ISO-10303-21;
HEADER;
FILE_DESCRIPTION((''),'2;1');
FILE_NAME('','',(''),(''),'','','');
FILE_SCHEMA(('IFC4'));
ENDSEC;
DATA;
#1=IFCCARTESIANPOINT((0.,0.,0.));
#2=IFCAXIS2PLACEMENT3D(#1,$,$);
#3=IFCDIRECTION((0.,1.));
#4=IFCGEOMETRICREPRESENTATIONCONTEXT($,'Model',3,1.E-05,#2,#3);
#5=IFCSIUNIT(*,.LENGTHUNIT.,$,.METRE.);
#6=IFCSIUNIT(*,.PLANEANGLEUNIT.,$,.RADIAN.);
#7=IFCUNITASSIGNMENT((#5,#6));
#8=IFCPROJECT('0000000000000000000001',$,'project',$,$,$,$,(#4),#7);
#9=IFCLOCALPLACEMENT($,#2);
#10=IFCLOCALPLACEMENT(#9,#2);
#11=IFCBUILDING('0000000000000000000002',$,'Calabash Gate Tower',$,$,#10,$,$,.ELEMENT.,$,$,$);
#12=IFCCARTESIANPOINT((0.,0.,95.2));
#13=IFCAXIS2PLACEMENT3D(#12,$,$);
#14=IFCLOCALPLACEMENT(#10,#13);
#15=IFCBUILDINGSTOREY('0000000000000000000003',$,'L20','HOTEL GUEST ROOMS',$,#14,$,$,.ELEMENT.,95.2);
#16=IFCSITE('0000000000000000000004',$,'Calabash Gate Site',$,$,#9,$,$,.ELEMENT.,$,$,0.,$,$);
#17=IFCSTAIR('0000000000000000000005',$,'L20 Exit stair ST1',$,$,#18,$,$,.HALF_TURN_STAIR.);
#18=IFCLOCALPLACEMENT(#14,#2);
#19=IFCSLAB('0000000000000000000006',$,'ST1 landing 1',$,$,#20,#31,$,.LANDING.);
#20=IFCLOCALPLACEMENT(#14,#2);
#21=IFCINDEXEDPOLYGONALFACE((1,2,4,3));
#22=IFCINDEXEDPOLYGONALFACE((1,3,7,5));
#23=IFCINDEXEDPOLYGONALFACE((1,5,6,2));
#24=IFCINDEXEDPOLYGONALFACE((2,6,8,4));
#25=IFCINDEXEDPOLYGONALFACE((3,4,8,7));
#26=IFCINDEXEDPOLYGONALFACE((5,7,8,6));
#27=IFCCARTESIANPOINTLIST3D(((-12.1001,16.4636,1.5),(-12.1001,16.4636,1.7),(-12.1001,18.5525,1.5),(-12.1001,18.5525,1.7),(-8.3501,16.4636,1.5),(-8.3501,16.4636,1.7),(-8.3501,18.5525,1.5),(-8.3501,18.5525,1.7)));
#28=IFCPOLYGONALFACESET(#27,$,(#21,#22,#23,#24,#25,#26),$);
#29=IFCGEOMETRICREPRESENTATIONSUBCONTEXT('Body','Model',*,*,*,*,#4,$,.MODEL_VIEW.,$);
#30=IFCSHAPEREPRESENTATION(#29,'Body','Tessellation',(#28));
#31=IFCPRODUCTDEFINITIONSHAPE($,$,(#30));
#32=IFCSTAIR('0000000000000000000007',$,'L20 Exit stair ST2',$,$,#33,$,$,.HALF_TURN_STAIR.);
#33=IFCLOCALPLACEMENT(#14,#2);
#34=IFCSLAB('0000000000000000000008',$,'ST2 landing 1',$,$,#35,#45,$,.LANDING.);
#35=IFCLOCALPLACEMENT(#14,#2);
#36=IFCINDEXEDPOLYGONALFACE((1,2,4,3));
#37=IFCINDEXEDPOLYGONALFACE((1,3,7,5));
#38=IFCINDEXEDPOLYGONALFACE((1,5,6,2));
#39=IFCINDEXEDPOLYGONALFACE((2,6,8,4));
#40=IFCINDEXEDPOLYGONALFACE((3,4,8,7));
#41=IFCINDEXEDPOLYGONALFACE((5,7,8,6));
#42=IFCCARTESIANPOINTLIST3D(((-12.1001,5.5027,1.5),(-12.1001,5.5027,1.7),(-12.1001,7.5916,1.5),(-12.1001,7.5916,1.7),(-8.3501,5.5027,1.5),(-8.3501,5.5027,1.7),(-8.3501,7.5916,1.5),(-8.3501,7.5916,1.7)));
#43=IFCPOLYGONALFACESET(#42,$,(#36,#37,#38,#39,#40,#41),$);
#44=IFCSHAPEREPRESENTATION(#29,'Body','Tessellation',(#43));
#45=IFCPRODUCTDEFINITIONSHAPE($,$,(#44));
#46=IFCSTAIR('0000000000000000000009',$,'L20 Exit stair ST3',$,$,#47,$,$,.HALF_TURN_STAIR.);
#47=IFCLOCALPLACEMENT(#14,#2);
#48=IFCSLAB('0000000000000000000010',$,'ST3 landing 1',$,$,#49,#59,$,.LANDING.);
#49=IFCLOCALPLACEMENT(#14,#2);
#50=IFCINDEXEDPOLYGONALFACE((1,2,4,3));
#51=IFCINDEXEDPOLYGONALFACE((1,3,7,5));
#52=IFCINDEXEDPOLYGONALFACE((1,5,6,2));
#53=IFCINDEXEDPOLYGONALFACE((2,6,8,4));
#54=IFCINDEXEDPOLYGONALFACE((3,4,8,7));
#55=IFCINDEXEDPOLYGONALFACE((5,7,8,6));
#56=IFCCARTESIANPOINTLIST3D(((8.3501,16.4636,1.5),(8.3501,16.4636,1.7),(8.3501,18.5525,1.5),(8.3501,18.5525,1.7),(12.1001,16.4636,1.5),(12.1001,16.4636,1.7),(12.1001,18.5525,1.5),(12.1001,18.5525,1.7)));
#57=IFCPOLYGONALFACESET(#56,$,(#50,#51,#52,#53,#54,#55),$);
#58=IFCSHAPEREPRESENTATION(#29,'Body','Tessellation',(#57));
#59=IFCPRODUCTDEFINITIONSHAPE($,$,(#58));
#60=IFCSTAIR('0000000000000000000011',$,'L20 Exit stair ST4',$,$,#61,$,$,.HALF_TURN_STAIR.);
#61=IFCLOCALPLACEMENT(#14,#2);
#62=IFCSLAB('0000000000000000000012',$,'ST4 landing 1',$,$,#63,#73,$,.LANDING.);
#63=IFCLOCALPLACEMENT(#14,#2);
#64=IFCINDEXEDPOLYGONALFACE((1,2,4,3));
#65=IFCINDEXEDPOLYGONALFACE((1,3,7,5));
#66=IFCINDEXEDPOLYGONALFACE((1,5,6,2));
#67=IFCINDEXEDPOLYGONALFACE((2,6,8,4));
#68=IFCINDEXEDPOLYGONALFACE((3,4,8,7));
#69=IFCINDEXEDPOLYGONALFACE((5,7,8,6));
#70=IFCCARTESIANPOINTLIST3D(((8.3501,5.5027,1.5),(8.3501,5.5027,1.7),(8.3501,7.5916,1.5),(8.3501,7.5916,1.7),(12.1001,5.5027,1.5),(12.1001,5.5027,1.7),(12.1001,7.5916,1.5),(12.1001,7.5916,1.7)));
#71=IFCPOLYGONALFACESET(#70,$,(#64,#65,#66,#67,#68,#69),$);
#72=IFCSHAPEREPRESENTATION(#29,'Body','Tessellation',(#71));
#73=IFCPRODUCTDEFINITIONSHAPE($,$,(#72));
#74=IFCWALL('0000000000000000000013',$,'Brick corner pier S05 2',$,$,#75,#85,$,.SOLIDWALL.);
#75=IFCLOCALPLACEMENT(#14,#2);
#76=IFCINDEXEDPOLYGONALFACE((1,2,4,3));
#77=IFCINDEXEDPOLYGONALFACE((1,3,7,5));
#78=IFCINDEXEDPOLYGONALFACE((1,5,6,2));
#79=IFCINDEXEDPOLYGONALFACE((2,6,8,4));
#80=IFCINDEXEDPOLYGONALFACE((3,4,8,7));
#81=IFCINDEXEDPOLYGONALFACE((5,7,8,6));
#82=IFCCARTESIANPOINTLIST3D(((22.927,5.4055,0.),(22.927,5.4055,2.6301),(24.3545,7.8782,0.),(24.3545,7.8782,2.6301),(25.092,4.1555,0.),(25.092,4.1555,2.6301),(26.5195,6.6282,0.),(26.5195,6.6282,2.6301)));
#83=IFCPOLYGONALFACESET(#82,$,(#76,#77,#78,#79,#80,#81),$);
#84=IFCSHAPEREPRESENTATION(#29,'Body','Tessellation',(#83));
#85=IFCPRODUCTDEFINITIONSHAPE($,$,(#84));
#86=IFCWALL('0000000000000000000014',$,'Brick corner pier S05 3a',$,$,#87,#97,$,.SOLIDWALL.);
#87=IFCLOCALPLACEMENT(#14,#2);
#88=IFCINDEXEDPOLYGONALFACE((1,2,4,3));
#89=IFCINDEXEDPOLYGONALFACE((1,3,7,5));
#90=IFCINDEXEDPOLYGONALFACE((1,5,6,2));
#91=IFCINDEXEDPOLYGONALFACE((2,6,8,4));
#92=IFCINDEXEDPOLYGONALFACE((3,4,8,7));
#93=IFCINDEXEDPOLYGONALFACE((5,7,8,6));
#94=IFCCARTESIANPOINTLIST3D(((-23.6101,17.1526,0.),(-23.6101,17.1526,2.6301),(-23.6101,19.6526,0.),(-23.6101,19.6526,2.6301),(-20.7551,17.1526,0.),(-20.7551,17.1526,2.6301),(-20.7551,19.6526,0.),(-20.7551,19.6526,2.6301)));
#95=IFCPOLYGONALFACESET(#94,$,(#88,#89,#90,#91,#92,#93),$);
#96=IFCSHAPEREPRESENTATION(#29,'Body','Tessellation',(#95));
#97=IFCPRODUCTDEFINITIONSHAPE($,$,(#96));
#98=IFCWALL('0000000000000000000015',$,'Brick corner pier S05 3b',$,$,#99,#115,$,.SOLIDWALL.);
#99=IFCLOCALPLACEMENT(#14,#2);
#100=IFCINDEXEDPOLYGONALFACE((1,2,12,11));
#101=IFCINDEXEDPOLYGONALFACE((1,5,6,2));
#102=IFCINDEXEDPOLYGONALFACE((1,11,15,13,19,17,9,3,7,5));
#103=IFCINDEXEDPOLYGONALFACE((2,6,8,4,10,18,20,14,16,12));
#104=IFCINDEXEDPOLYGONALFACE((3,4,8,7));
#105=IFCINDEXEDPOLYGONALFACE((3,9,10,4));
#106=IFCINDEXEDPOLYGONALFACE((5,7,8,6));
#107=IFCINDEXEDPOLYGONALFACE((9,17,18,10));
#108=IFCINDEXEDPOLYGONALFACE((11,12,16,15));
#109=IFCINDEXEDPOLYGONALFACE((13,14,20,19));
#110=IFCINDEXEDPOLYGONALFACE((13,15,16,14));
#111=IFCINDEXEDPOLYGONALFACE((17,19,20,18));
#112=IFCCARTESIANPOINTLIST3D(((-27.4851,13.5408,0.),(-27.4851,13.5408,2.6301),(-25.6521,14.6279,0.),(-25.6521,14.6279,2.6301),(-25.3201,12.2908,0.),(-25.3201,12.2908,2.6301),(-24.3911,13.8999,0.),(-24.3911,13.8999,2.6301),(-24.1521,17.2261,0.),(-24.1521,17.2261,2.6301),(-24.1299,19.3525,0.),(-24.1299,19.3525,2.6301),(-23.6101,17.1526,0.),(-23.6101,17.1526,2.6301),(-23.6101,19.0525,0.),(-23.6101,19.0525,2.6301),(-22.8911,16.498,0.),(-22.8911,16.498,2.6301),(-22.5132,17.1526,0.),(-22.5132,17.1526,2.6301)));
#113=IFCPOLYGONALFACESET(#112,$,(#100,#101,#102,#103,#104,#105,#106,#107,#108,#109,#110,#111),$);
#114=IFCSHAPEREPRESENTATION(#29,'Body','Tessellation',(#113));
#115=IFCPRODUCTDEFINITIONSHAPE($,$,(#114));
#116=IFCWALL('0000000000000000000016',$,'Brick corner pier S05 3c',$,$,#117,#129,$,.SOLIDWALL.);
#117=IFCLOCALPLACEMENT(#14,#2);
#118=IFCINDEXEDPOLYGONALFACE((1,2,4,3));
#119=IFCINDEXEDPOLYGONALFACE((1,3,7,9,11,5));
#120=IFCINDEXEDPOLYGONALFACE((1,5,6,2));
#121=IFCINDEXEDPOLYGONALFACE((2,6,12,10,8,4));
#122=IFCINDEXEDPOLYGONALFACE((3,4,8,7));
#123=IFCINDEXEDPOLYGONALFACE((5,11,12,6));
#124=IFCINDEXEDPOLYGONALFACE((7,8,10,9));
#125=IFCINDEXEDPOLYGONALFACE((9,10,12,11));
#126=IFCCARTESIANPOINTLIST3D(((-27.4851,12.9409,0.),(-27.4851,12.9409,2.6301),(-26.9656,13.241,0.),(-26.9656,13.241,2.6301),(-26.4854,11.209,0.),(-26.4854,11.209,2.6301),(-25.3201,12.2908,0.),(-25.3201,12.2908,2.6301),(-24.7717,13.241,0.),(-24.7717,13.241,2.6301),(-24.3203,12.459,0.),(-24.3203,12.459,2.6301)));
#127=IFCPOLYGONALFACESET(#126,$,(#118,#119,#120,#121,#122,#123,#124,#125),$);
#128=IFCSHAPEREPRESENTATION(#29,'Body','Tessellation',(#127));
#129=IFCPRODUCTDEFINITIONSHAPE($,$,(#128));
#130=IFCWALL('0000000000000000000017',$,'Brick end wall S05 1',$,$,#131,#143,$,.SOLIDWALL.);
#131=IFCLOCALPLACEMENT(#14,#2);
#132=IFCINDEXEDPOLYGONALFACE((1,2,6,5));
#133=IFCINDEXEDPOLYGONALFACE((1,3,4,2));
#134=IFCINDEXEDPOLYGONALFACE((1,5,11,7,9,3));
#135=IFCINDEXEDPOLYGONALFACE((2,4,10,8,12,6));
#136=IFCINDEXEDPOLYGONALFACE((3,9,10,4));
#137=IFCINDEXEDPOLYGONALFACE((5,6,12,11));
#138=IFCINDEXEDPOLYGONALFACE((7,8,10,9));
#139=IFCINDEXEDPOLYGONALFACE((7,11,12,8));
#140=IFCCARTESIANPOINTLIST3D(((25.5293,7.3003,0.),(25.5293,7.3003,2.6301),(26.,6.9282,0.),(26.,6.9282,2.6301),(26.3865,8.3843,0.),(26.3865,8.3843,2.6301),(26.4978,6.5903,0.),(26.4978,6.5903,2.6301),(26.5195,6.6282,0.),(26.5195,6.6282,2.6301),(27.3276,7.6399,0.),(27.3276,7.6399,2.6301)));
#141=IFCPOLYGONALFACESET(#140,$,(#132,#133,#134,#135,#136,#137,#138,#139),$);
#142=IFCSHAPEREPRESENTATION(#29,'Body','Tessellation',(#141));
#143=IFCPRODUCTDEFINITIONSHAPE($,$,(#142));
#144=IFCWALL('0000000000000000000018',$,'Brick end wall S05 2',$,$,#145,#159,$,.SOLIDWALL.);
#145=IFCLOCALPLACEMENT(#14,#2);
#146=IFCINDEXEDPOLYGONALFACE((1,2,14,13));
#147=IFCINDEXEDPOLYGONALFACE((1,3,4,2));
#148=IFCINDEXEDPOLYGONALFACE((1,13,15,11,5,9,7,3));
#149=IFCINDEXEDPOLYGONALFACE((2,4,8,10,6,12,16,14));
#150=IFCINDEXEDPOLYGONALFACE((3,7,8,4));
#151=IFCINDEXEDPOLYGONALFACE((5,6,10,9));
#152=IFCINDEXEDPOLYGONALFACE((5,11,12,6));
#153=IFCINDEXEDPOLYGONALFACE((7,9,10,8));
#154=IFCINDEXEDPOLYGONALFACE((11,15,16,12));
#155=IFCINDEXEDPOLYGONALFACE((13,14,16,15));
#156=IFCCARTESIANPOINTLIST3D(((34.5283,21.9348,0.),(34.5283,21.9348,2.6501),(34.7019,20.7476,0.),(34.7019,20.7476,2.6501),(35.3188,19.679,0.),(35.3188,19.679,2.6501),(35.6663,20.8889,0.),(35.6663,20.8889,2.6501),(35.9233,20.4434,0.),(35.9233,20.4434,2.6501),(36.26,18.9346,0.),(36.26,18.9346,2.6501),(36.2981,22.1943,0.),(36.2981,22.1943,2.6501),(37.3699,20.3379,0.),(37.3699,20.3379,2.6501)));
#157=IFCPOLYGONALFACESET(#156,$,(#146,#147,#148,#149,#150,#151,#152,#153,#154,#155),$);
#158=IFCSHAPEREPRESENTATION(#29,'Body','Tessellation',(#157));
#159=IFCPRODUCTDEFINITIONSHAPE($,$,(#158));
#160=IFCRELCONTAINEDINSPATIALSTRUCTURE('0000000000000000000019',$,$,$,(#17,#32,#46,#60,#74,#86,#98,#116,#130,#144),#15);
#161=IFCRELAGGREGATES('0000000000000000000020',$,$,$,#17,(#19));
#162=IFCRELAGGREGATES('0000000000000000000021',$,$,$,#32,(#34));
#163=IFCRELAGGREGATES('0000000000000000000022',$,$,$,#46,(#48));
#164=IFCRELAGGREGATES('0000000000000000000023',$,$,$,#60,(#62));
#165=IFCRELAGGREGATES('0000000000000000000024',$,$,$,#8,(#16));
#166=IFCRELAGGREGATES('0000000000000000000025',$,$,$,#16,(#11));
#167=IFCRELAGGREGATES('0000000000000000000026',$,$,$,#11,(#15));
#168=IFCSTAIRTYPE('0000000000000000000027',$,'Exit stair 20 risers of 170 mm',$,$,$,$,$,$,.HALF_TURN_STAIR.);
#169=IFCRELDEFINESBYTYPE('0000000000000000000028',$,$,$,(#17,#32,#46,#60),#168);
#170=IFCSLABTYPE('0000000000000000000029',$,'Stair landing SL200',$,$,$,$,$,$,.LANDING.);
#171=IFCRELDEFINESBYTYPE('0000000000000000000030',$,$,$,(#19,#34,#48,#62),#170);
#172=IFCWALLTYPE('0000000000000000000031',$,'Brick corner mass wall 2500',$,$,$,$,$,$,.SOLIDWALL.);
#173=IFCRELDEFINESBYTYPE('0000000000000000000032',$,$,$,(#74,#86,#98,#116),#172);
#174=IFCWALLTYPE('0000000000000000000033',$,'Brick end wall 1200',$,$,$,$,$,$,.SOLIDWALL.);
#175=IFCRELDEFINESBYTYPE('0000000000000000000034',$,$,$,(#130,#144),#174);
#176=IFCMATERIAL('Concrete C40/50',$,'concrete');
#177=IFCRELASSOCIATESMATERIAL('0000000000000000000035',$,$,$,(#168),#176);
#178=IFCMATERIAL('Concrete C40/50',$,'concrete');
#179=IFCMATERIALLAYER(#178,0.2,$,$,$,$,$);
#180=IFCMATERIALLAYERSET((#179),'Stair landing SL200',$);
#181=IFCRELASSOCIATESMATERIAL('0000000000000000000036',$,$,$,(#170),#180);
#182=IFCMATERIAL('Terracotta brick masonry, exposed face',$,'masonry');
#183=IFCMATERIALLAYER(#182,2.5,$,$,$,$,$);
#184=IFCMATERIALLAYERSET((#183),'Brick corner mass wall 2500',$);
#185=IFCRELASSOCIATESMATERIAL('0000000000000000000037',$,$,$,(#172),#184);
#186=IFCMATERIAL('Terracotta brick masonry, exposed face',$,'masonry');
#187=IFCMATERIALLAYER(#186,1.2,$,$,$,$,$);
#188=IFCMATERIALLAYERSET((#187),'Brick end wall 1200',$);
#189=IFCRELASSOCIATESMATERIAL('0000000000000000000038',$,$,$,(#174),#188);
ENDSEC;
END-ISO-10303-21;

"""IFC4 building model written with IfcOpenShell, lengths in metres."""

from ifc_helpers import new_model, si_unit, direction, frame, origin, place, context, subcontext, project, spatial, polyline, outline, extrude, material, layer, layer_set, type_object, element, aggregate, save


model = new_model("IFC4")

# Units and contexts
model_context = context("Model", 3, precision=1e-05, world=origin(), true_north=direction((0.0, 1.0)))
body_context = subcontext(model_context, "Body", "Model", "MODEL_VIEW")
ifc_project = project(units=[si_unit("LENGTHUNIT", "METRE"), si_unit("PLANEANGLEUNIT", "RADIAN")], contexts=[model_context])

# Site, building, storey
site_placement = place(None, origin())
site = spatial("IfcSite", under=ifc_project, at=site_placement, Name="Calabash Gate Site", CompositionType="ELEMENT", RefElevation=0.0)
building_placement = place(site_placement, origin())
building = spatial("IfcBuilding", under=site, at=building_placement, Name="Calabash Gate Tower", CompositionType="ELEMENT")
storey_placement = place(building_placement, frame((0.0, 0.0, 95.2)))
storey = spatial("IfcBuildingStorey", under=building, at=storey_placement, Name="L20", Description="HOTEL GUEST ROOMS", CompositionType="ELEMENT", Elevation=95.2)

# Stairs, slabs
ifc_material_1 = material(Name="Concrete C40/50", Category="concrete")
stair_type = type_object("IfcStairType", Name="Exit stair 20 risers of 170 mm", PredefinedType="HALF_TURN_STAIR", material=ifc_material_1)
stair_1_placement = place(storey_placement, origin())
stair_1 = element("IfcStair", 1, at=stair_1_placement, inside=storey, type_object=stair_type, Name="L20 Exit stair ST1", PredefinedType="HALF_TURN_STAIR")
ifc_material_2 = material(Name="Concrete C40/50", Category="concrete")
ifc_layer_1 = layer(ifc_material_2, 0.2)
ifc_layer_set_1 = layer_set([ifc_layer_1], Name="Stair landing SL200")
slab_type = type_object("IfcSlabType", Name="Stair landing SL200", PredefinedType="LANDING", material=ifc_layer_set_1)
slab_1_placement = place(storey_placement, frame((0.0, 0.0, 1.5)))
slab_1 = element("IfcSlab", 2, at=slab_1_placement, type_object=slab_type, Name="ST1 landing 1", PredefinedType="LANDING", context=body_context, shape_type="SweptSolid", body=[
    extrude(outline(polyline([(-8.3501, 16.4636), (-8.3501, 18.5525), (-12.1001, 18.5525), (-12.1001, 16.4636), (-8.3501, 16.4636)])), origin(), (0.0, 0.0, 1.0), 0.2),
])
aggregate(stair_1, [slab_1])
stair_2_placement = place(storey_placement, origin())
stair_2 = element("IfcStair", 3, at=stair_2_placement, inside=storey, type_object=stair_type, Name="L20 Exit stair ST2", PredefinedType="HALF_TURN_STAIR")
slab_2_placement = place(storey_placement, frame((0.0, 0.0, 1.5)))
slab_2 = element("IfcSlab", 4, at=slab_2_placement, type_object=slab_type, Name="ST2 landing 1", PredefinedType="LANDING", context=body_context, shape_type="SweptSolid", body=[
    extrude(outline(polyline([(-12.1001, 7.5916), (-12.1001, 5.5027), (-8.3501, 5.5027), (-8.3501, 7.5916), (-12.1001, 7.5916)])), origin(), (0.0, 0.0, 1.0), 0.2),
])
aggregate(stair_2, [slab_2])
stair_3_placement = place(storey_placement, origin())
stair_3 = element("IfcStair", 5, at=stair_3_placement, inside=storey, type_object=stair_type, Name="L20 Exit stair ST3", PredefinedType="HALF_TURN_STAIR")
slab_3_placement = place(storey_placement, frame((0.0, 0.0, 1.5)))
slab_3 = element("IfcSlab", 6, at=slab_3_placement, type_object=slab_type, Name="ST3 landing 1", PredefinedType="LANDING", context=body_context, shape_type="SweptSolid", body=[
    extrude(outline(polyline([(12.1001, 16.4636), (12.1001, 18.5525), (8.3501, 18.5525), (8.3501, 16.4636), (12.1001, 16.4636)])), origin(), (0.0, 0.0, 1.0), 0.2),
])
aggregate(stair_3, [slab_3])
stair_4_placement = place(storey_placement, origin())
stair_4 = element("IfcStair", 7, at=stair_4_placement, inside=storey, type_object=stair_type, Name="L20 Exit stair ST4", PredefinedType="HALF_TURN_STAIR")
slab_4_placement = place(storey_placement, frame((0.0, 0.0, 1.5)))
slab_4 = element("IfcSlab", 8, at=slab_4_placement, type_object=slab_type, Name="ST4 landing 1", PredefinedType="LANDING", context=body_context, shape_type="SweptSolid", body=[
    extrude(outline(polyline([(8.3501, 7.5916), (8.3501, 5.5027), (12.1001, 5.5027), (12.1001, 7.5916), (8.3501, 7.5916)])), origin(), (0.0, 0.0, 1.0), 0.2),
])
aggregate(stair_4, [slab_4])

# Walls
ifc_material_3 = material(Name="Terracotta brick masonry, exposed face", Category="masonry")
ifc_layer_2 = layer(ifc_material_3, 2.5)
ifc_layer_set_2 = layer_set([ifc_layer_2], Name="Brick corner mass wall 2500")
wall_type_1 = type_object("IfcWallType", Name="Brick corner mass wall 2500", PredefinedType="SOLIDWALL", material=ifc_layer_set_2)
wall_1_placement = place(storey_placement, origin())
element("IfcWall", 9, at=wall_1_placement, inside=storey, type_object=wall_type_1, Name="Brick corner pier S05 2", PredefinedType="SOLIDWALL", context=body_context, shape_type="SweptSolid", body=[
    extrude(outline(polyline([(22.927, 5.4055), (25.092, 4.1555), (26.5195, 6.6282), (24.3545, 7.8782), (22.927, 5.4055)])), origin(), (0.0, 0.0, 1.0), 2.6301),
])
wall_2_placement = place(storey_placement, origin())
element("IfcWall", 10, at=wall_2_placement, inside=storey, type_object=wall_type_1, Name="Brick corner pier S05 3a", PredefinedType="SOLIDWALL", context=body_context, shape_type="SweptSolid", body=[
    extrude(outline(polyline([(-23.6101, 17.1526), (-20.7551, 17.1526), (-20.7551, 19.6526), (-23.6101, 19.6526), (-23.6101, 17.1526)])), origin(), (0.0, 0.0, 1.0), 2.6301),
])
wall_3_placement = place(storey_placement, origin())
element("IfcWall", 11, at=wall_3_placement, inside=storey, type_object=wall_type_1, Name="Brick corner pier S05 3b", PredefinedType="SOLIDWALL", context=body_context, shape_type="SweptSolid", body=[
    extrude(outline(polyline([(-22.8911, 16.498), (-22.5132, 17.1526), (-23.6101, 17.1526), (-23.6101, 19.0525), (-24.1299, 19.3525), (-27.4851, 13.5408), (-25.3201, 12.2908), (-24.3911, 13.8999), (-25.6521, 14.6279), (-24.1521, 17.2261), (-22.8911, 16.498)])), origin(), (0.0, 0.0, 1.0), 2.6301),
])
wall_4_placement = place(storey_placement, origin())
element("IfcWall", 12, at=wall_4_placement, inside=storey, type_object=wall_type_1, Name="Brick corner pier S05 3c", PredefinedType="SOLIDWALL", context=body_context, shape_type="SweptSolid", body=[
    extrude(outline(polyline([(-24.7717, 13.241), (-25.3201, 12.2908), (-26.9656, 13.241), (-27.4851, 12.9409), (-26.4854, 11.209), (-24.3203, 12.459), (-24.7717, 13.241)])), origin(), (0.0, 0.0, 1.0), 2.6301),
])
ifc_material_4 = material(Name="Terracotta brick masonry, exposed face", Category="masonry")
ifc_layer_3 = layer(ifc_material_4, 1.2)
ifc_layer_set_3 = layer_set([ifc_layer_3], Name="Brick end wall 1200")
wall_type_2 = type_object("IfcWallType", Name="Brick end wall 1200", PredefinedType="SOLIDWALL", material=ifc_layer_set_3)
wall_5_placement = place(storey_placement, origin())
element("IfcWall", 13, at=wall_5_placement, inside=storey, type_object=wall_type_2, Name="Brick end wall S05 1", PredefinedType="SOLIDWALL", context=body_context, shape_type="SweptSolid", body=[
    extrude(outline(polyline([(26.3865, 8.3843), (25.5293, 7.3003), (26.0, 6.9282), (26.5195, 6.6282), (26.4978, 6.5903), (27.3276, 7.6399), (26.3865, 8.3843)])), origin(), (0.0, 0.0, 1.0), 2.6301),
])
wall_6_placement = place(storey_placement, origin())
element("IfcWall", 14, at=wall_6_placement, inside=storey, type_object=wall_type_2, Name="Brick end wall S05 2", PredefinedType="SOLIDWALL", context=body_context, shape_type="SweptSolid", body=[
    extrude(outline(polyline([(35.9233, 20.4434), (35.3188, 19.679), (36.26, 18.9346), (37.3699, 20.3379), (36.2981, 22.1943), (34.5283, 21.9348), (34.7019, 20.7476), (35.6663, 20.8889), (35.9233, 20.4434)])), origin(), (0.0, 0.0, 1.0), 2.6501),
])

save(model, "model.ifc")
